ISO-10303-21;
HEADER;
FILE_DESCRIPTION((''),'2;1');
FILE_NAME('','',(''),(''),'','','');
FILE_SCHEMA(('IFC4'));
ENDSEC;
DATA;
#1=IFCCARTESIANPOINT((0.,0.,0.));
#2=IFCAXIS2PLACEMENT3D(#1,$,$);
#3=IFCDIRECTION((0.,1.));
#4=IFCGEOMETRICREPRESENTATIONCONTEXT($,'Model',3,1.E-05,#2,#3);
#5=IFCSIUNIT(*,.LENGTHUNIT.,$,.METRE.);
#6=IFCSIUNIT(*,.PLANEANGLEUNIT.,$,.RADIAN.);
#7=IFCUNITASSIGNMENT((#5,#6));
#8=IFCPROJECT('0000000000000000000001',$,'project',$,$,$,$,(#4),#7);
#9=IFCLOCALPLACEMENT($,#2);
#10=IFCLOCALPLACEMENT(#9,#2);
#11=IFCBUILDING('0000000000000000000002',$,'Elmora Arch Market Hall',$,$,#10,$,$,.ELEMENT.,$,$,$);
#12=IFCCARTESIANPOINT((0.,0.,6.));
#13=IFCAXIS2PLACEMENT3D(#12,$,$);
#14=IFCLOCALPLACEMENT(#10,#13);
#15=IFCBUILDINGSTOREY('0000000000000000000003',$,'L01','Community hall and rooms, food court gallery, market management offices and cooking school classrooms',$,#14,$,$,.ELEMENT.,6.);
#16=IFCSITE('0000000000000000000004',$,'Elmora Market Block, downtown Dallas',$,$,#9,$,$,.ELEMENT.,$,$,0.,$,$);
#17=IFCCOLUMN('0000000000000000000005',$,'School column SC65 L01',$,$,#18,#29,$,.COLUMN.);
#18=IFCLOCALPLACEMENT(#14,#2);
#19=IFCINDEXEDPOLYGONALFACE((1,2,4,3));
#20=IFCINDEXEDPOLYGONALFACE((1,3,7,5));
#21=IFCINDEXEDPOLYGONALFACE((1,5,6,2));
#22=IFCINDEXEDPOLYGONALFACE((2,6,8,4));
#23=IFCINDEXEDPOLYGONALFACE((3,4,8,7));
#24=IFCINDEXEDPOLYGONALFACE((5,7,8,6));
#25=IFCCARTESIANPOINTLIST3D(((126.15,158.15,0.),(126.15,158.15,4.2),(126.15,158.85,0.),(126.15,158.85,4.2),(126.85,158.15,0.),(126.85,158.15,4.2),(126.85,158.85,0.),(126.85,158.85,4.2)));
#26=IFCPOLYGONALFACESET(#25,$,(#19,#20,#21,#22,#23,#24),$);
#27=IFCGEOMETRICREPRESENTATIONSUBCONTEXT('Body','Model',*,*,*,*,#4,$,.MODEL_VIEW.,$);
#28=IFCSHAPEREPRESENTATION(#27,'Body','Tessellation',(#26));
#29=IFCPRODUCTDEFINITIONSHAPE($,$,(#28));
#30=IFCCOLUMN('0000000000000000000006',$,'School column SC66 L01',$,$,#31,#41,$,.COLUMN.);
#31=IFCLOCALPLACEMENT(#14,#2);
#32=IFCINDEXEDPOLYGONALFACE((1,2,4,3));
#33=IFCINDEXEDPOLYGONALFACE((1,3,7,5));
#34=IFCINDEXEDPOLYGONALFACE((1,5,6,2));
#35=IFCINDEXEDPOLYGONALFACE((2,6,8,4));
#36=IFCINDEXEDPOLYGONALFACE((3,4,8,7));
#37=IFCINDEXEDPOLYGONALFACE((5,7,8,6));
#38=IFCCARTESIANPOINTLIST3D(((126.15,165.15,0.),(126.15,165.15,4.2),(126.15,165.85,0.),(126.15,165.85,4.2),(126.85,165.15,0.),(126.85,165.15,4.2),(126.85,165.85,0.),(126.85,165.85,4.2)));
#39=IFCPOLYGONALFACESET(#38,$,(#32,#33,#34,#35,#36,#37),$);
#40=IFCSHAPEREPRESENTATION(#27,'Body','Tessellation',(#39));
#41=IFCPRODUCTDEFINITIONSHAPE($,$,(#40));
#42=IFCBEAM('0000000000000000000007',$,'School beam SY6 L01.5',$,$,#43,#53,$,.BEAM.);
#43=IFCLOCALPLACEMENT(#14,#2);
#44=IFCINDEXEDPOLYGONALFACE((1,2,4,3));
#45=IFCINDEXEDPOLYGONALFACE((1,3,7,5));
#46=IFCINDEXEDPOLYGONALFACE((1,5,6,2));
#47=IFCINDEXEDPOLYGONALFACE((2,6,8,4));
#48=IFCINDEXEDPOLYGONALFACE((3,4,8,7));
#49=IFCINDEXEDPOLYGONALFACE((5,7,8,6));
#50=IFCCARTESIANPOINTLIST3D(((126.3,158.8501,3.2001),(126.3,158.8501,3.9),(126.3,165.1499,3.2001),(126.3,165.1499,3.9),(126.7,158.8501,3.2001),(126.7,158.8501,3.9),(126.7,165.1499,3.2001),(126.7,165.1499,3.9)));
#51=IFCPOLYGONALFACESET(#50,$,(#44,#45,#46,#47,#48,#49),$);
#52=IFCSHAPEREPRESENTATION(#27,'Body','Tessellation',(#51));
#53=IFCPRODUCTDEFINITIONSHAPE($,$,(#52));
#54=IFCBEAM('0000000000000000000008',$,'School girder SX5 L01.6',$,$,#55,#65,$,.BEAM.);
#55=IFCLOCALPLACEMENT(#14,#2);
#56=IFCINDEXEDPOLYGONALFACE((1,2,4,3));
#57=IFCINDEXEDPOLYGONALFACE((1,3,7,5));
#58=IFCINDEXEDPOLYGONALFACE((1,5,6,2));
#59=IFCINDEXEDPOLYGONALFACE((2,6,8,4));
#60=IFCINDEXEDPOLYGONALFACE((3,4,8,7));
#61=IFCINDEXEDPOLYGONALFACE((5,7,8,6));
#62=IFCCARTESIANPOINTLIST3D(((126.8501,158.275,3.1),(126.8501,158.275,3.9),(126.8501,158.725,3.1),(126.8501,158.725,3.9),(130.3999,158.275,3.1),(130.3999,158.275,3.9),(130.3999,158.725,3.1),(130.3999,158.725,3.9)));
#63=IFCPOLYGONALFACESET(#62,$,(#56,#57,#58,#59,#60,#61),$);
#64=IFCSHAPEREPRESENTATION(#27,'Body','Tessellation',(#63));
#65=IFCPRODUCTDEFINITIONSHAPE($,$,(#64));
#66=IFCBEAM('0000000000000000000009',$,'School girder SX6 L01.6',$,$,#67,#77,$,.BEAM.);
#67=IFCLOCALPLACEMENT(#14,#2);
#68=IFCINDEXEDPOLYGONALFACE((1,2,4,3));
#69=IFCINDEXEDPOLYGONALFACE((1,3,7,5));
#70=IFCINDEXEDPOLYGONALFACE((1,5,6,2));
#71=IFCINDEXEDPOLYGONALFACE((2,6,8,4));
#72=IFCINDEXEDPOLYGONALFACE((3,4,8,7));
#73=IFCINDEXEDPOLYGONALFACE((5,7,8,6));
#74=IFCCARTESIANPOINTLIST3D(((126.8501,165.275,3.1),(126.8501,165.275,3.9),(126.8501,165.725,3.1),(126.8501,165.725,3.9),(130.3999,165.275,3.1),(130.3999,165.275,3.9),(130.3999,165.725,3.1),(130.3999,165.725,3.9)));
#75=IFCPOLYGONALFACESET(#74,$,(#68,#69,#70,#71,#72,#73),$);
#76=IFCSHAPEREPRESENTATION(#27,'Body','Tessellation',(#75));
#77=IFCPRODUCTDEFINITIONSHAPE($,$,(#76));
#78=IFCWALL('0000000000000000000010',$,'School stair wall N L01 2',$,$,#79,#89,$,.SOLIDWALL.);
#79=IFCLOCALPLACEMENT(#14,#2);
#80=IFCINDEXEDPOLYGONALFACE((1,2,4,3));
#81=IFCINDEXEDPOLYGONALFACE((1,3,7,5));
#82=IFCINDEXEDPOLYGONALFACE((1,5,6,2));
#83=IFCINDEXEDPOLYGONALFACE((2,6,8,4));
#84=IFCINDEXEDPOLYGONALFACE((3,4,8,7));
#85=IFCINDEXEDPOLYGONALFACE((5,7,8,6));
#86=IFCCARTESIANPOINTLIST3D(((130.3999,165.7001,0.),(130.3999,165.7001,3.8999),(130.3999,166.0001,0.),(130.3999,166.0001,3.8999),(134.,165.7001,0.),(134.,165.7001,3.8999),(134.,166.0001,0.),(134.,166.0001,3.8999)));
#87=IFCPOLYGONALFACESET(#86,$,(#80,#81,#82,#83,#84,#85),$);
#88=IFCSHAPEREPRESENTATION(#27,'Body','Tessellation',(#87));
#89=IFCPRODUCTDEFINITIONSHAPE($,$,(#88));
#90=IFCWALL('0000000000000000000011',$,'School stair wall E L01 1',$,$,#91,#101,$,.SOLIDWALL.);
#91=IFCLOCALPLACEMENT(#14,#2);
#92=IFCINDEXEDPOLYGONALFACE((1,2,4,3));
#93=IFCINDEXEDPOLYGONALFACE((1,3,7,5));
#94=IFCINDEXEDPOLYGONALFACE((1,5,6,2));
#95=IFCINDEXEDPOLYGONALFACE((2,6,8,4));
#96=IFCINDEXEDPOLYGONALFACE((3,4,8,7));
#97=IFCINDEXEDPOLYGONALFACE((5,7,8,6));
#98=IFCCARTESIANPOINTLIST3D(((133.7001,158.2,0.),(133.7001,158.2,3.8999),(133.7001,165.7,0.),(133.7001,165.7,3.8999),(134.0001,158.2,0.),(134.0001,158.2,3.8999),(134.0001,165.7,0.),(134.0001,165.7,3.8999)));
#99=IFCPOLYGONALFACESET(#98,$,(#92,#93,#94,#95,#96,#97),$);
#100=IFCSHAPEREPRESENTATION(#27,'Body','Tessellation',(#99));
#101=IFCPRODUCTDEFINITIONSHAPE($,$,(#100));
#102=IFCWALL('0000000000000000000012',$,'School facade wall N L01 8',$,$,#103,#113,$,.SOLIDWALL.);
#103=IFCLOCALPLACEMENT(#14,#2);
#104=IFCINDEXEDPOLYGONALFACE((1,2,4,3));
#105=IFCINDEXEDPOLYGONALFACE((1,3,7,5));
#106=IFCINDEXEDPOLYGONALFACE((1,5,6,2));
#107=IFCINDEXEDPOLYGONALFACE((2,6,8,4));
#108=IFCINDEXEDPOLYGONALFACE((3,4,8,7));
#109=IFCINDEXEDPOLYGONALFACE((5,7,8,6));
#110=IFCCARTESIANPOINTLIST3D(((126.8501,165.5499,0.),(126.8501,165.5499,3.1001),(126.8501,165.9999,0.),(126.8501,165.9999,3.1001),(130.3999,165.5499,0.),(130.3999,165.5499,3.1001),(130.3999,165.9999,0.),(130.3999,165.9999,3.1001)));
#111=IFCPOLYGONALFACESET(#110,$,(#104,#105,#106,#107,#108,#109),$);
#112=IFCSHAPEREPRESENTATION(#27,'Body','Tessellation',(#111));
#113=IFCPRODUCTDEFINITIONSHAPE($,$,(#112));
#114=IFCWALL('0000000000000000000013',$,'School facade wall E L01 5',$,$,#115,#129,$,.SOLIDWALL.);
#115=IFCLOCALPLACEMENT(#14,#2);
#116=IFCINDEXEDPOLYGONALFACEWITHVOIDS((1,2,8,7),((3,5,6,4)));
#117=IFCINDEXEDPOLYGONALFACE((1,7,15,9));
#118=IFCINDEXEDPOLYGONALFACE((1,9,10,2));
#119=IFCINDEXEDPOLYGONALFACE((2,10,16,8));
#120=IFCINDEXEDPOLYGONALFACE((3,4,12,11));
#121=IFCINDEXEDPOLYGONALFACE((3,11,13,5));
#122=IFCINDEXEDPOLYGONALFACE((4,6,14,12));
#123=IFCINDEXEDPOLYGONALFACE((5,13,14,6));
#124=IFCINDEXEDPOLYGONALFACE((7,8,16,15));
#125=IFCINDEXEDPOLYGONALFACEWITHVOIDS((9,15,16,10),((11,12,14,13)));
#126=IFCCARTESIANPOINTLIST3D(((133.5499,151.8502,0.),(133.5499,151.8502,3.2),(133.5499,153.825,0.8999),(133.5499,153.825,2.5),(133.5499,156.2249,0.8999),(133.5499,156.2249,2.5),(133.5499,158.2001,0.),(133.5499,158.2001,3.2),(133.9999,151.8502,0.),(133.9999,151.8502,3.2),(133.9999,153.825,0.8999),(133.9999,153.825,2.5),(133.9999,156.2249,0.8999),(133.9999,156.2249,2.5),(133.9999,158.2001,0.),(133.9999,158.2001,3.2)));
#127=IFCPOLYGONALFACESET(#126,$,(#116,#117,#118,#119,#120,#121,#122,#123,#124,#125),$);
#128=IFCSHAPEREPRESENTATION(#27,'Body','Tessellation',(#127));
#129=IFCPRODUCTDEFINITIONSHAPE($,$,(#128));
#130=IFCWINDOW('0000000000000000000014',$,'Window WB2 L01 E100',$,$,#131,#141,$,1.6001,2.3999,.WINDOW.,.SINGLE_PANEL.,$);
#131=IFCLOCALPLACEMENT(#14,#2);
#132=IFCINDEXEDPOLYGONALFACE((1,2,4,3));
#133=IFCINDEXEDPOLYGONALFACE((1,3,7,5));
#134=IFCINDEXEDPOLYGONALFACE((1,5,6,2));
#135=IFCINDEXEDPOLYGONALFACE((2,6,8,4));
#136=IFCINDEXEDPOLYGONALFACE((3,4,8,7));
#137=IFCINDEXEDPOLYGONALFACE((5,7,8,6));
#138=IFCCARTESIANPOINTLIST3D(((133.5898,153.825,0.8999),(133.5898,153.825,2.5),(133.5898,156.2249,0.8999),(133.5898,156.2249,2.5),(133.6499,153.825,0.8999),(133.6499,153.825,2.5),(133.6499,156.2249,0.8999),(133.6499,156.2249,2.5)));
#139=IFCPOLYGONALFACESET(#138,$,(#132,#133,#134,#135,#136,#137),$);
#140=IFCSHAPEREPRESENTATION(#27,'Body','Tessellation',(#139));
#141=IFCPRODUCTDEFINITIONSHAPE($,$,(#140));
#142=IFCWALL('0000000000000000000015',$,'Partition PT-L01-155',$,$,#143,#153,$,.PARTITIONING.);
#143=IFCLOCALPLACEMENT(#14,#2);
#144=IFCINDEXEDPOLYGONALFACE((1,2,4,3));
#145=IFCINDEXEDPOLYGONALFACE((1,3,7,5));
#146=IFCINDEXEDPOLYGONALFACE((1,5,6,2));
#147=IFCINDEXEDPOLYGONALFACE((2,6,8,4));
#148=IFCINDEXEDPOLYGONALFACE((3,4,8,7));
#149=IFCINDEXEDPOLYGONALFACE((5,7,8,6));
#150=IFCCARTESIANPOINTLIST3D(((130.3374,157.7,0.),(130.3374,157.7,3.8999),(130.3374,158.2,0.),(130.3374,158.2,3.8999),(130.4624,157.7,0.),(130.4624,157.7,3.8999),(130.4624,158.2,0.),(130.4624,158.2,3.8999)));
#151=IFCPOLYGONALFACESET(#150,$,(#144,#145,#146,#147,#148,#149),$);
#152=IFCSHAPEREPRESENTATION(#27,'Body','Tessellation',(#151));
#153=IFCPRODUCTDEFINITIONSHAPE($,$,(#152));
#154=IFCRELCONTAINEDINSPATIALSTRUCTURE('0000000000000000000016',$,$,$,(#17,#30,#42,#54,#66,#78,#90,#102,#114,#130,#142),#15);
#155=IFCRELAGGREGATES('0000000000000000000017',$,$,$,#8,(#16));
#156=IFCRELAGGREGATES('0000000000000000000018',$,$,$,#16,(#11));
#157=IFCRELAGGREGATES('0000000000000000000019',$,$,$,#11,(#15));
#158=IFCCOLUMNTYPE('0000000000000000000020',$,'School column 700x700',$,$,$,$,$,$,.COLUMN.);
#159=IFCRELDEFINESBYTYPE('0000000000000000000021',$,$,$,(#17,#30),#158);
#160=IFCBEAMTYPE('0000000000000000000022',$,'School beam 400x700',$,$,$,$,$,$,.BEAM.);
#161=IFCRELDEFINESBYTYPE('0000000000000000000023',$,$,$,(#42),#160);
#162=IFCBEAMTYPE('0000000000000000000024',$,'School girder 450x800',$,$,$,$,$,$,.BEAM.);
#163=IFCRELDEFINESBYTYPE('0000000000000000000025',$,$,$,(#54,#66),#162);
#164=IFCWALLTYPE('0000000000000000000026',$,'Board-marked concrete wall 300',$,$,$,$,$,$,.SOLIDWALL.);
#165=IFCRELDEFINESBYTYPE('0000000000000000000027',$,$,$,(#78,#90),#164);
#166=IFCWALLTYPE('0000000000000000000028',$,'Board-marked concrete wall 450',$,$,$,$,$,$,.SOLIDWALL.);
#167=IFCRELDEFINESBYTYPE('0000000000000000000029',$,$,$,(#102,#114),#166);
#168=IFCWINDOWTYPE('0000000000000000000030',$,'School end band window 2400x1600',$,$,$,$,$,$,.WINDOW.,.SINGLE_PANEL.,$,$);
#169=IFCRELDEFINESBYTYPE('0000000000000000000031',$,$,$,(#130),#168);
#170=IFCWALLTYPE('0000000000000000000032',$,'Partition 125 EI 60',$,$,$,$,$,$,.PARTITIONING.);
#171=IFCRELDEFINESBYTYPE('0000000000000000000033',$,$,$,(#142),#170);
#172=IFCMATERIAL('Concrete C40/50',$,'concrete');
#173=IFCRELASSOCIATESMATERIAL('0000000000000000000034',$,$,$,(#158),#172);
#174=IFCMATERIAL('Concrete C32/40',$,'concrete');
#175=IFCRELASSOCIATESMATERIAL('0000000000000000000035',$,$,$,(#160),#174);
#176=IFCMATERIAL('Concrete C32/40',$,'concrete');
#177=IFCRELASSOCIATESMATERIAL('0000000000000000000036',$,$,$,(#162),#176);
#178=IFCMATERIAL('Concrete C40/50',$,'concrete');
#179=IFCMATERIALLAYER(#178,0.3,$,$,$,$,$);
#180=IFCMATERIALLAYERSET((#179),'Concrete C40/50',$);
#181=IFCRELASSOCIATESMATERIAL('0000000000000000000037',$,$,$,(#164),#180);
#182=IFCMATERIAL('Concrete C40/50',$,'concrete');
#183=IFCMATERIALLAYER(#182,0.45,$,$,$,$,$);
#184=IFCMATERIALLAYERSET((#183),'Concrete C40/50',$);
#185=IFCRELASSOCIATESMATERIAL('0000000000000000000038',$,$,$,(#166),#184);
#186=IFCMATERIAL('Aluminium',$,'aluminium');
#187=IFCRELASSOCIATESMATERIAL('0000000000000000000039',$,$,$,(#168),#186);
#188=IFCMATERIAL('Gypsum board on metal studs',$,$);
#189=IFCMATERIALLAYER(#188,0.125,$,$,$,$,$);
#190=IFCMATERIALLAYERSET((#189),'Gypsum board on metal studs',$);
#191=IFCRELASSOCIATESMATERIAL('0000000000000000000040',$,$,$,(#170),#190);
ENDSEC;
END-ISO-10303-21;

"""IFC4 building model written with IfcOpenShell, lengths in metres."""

from ifc_helpers import new_model, si_unit, direction, frame, frame_2d, origin, origin_2d, place, context, subcontext, project, spatial, rectangle, extrude, material, layer, layer_set, material_profile, profile_set, type_object, element, fill, save


model = new_model("IFC4")

# Units and contexts
model_context = context("Model", 3, precision=1e-05, world=origin(), true_north=direction((0.0, 1.0)))
body_context = subcontext(model_context, "Body", "Model", "MODEL_VIEW")
ifc_project = project(units=[si_unit("LENGTHUNIT", "METRE"), si_unit("PLANEANGLEUNIT", "RADIAN")], contexts=[model_context])

# Site, building, storey
site_placement = place(None, origin())
site = spatial("IfcSite", under=ifc_project, at=site_placement, Name="Elmora Market Block, downtown Dallas", CompositionType="ELEMENT", RefElevation=0.0)
building_placement = place(site_placement, origin())
building = spatial("IfcBuilding", under=site, at=building_placement, Name="Elmora Arch Market Hall", CompositionType="ELEMENT")
storey_placement = place(building_placement, frame((0.0, 0.0, 6.0)))
storey = spatial("IfcBuildingStorey", under=building, at=storey_placement, Name="L01", Description="Community hall and rooms, food court gallery, market management offices and cooking school classrooms", CompositionType="ELEMENT", Elevation=6.0)

# Columns
ifc_material_1 = material(Name="Concrete C40/50", Category="concrete")
ifc_material_profile_1 = material_profile(ifc_material_1, rectangle(XDim=0.7, YDim=0.7, at=origin_2d()), Name="School column 700x700")
ifc_profile_set_1 = profile_set([ifc_material_profile_1], Name="Concrete C40/50")
column_type = type_object("IfcColumnType", Name="School column 700x700", PredefinedType="COLUMN", material=ifc_profile_set_1)
for number, where, z_axis, x_axis, name in (
    (1, (126.5, 158.5, 0.0), (0.0, 0.0, 1.0), (1.0, 0.0, 0.0), "School column SC65 L01"),
    (2, (126.5, 165.5, 0.0), (0.0, 0.0, 1.0), (1.0, 0.0, 0.0), "School column SC66 L01"),
):
    element("IfcColumn", number, at=place(storey_placement, frame(where, z_axis=z_axis, x_axis=x_axis)), inside=storey, type_object=column_type, Name=name, PredefinedType="COLUMN", context=body_context, shape_type="SweptSolid", body=[
        extrude(rectangle(XDim=0.7, YDim=0.7, at=origin_2d()), origin(), (0.0, 0.0, 1.0), 4.2),
    ])

# Beams
ifc_material_2 = material(Name="Concrete C32/40", Category="concrete")
ifc_material_profile_2 = material_profile(ifc_material_2, rectangle(XDim=0.3999, YDim=0.7, at=origin_2d()), Name="School beam 400x700")
ifc_profile_set_2 = profile_set([ifc_material_profile_2], Name="Concrete C32/40")
beam_type_1 = type_object("IfcBeamType", Name="School beam 400x700", PredefinedType="BEAM", material=ifc_profile_set_2)
beam_placement = place(storey_placement, frame((126.5, 158.8501, 3.55), z_axis=(0.0, 1.0, 0.0), x_axis=(-1.0, 0.0, 0.0)))
element("IfcBeam", 3, at=beam_placement, inside=storey, type_object=beam_type_1, Name="School beam SY6 L01.5", PredefinedType="BEAM", context=body_context, shape_type="SweptSolid", body=[
    extrude(rectangle(XDim=0.3999, YDim=0.7, at=origin_2d()), origin(), (0.0, 0.0, 1.0), 6.2998),
])
ifc_material_3 = material(Name="Concrete C32/40", Category="concrete")
ifc_material_profile_3 = material_profile(ifc_material_3, rectangle(XDim=0.45, YDim=0.8, at=origin_2d()), Name="School girder 450x800")
ifc_profile_set_3 = profile_set([ifc_material_profile_3], Name="Concrete C32/40")
beam_type_2 = type_object("IfcBeamType", Name="School girder 450x800", PredefinedType="BEAM", material=ifc_profile_set_3)
for number, where, z_axis, x_axis, name in (
    (4, (126.8501, 158.5, 3.5), (1.0, 0.0, 0.0), (0.0, 1.0, 0.0), "School girder SX5 L01.6"),
    (5, (126.8501, 165.5, 3.5), (1.0, 0.0, 0.0), (0.0, 1.0, 0.0), "School girder SX6 L01.6"),
):
    element("IfcBeam", number, at=place(storey_placement, frame(where, z_axis=z_axis, x_axis=x_axis)), inside=storey, type_object=beam_type_2, Name=name, PredefinedType="BEAM", context=body_context, shape_type="SweptSolid", body=[
        extrude(rectangle(XDim=0.45, YDim=0.8, at=origin_2d()), origin(), (0.0, 0.0, 1.0), 3.5498),
    ])

# Walls
ifc_material_4 = material(Name="Concrete C40/50", Category="concrete")
ifc_layer_1 = layer(ifc_material_4, 0.3)
ifc_layer_set_1 = layer_set([ifc_layer_1], Name="Concrete C40/50")
wall_type_1 = type_object("IfcWallType", Name="Board-marked concrete wall 300", PredefinedType="SOLIDWALL", material=ifc_layer_set_1)
wall_1_placement = place(storey_placement, frame((130.3999, 165.8501, 0.0), z_axis=(0.0, 0.0, 1.0), x_axis=(1.0, 0.0, 0.0)))
element("IfcWall", 6, at=wall_1_placement, inside=storey, type_object=wall_type_1, Name="School stair wall N L01 2", PredefinedType="SOLIDWALL", context=body_context, shape_type="SweptSolid", body=[
    extrude(rectangle(XDim=3.6001, YDim=0.3, at=frame_2d((1.8, 0.0))), origin(), (0.0, 0.0, 1.0), 3.8999),
])
wall_2_placement = place(storey_placement, frame((133.8501, 165.7, 0.0), z_axis=(0.0, 0.0, 1.0), x_axis=(0.0, -1.0, 0.0)))
element("IfcWall", 7, at=wall_2_placement, inside=storey, type_object=wall_type_1, Name="School stair wall E L01 1", PredefinedType="SOLIDWALL", context=body_context, shape_type="SweptSolid", body=[
    extrude(rectangle(XDim=7.5, YDim=0.3, at=frame_2d((3.75, 0.0))), origin(), (0.0, 0.0, 1.0), 3.8999),
])
ifc_material_5 = material(Name="Concrete C40/50", Category="concrete")
ifc_layer_2 = layer(ifc_material_5, 0.45)
ifc_layer_set_2 = layer_set([ifc_layer_2], Name="Concrete C40/50")
wall_type_2 = type_object("IfcWallType", Name="Board-marked concrete wall 450", PredefinedType="SOLIDWALL", material=ifc_layer_set_2)
wall_3_placement = place(storey_placement, frame((126.8501, 165.7749, 0.0), z_axis=(0.0, 0.0, 1.0), x_axis=(1.0, 0.0, 0.0)))
element("IfcWall", 8, at=wall_3_placement, inside=storey, type_object=wall_type_2, Name="School facade wall N L01 8", PredefinedType="SOLIDWALL", context=body_context, shape_type="SweptSolid", body=[
    extrude(rectangle(XDim=3.5498, YDim=0.45, at=frame_2d((1.7749, 0.0))), origin(), (0.0, 0.0, 1.0), 3.1001),
])

# Wall, opening, window
wall_4_placement = place(storey_placement, frame((133.7749, 158.2, 0.0), z_axis=(0.0, 0.0, 1.0), x_axis=(0.0, -1.0, 0.0)))
wall_4 = element("IfcWall", 9, at=wall_4_placement, inside=storey, type_object=wall_type_2, Name="School facade wall E L01 5", PredefinedType="SOLIDWALL", context=body_context, shape_type="SweptSolid", body=[
    extrude(rectangle(XDim=6.3499, YDim=0.45, at=frame_2d((3.1748, 0.0))), origin(), (0.0, 0.0, 1.0), 3.2),
])
opening_1_placement = place(wall_4_placement, frame((1.9751, 0.0, 0.8999)))
opening_1 = element("IfcOpeningElement", 10, at=opening_1_placement, cuts=wall_4, PredefinedType="OPENING", context=body_context, shape_type="SweptSolid", body=[
    extrude(rectangle(XDim=2.3999, YDim=1.6001, at=frame_2d((1.2, 0.8))), frame((0.0, 0.2349, 0.0), z_axis=(0.0, -1.0, 0.0), x_axis=(1.0, 0.0, 0.0)), (0.0, 0.0, 1.0), 0.47),
])
ifc_material_6 = material(Name="Aluminium", Category="aluminium")
window_type = type_object("IfcWindowType", Name="School end band window 2400x1600", PartitioningType="SINGLE_PANEL", PredefinedType="WINDOW", material=ifc_material_6)
window_placement = place(opening_1_placement, origin())
window = element("IfcWindow", 11, at=window_placement, inside=storey, type_object=window_type, Name="Window WB2 L01 E100", OverallHeight=1.6001, OverallWidth=2.3999, PartitioningType="SINGLE_PANEL", PredefinedType="WINDOW", context=body_context, shape_type="SweptSolid", body=[
    extrude(rectangle(XDim=2.3999, YDim=1.6001, at=frame_2d((1.2, 0.8))), frame((0.0, -0.125, 0.0), z_axis=(0.0, -1.0, 0.0), x_axis=(1.0, 0.0, 0.0)), (0.0, 0.0, 1.0), 0.0601),
])
fill(opening_1, window)

# Wall
ifc_material_7 = material(Name="Gypsum board on metal studs")
ifc_layer_3 = layer(ifc_material_7, 0.125)
ifc_layer_set_3 = layer_set([ifc_layer_3], Name="Gypsum board on metal studs")
wall_type_3 = type_object("IfcWallType", Name="Partition 125 EI 60", PredefinedType="PARTITIONING", material=ifc_layer_set_3)
wall_5_placement = place(storey_placement, frame((130.3999, 157.7, 0.0), z_axis=(0.0, 0.0, 1.0), x_axis=(0.0, 1.0, 0.0)))
element("IfcWall", 12, at=wall_5_placement, inside=storey, type_object=wall_type_3, Name="Partition PT-L01-155", PredefinedType="PARTITIONING", context=body_context, shape_type="SweptSolid", body=[
    extrude(rectangle(XDim=0.5, YDim=0.125, at=frame_2d((0.25, 0.0))), origin(), (0.0, 0.0, 1.0), 3.8999),
])

save(model, "model.ifc")
